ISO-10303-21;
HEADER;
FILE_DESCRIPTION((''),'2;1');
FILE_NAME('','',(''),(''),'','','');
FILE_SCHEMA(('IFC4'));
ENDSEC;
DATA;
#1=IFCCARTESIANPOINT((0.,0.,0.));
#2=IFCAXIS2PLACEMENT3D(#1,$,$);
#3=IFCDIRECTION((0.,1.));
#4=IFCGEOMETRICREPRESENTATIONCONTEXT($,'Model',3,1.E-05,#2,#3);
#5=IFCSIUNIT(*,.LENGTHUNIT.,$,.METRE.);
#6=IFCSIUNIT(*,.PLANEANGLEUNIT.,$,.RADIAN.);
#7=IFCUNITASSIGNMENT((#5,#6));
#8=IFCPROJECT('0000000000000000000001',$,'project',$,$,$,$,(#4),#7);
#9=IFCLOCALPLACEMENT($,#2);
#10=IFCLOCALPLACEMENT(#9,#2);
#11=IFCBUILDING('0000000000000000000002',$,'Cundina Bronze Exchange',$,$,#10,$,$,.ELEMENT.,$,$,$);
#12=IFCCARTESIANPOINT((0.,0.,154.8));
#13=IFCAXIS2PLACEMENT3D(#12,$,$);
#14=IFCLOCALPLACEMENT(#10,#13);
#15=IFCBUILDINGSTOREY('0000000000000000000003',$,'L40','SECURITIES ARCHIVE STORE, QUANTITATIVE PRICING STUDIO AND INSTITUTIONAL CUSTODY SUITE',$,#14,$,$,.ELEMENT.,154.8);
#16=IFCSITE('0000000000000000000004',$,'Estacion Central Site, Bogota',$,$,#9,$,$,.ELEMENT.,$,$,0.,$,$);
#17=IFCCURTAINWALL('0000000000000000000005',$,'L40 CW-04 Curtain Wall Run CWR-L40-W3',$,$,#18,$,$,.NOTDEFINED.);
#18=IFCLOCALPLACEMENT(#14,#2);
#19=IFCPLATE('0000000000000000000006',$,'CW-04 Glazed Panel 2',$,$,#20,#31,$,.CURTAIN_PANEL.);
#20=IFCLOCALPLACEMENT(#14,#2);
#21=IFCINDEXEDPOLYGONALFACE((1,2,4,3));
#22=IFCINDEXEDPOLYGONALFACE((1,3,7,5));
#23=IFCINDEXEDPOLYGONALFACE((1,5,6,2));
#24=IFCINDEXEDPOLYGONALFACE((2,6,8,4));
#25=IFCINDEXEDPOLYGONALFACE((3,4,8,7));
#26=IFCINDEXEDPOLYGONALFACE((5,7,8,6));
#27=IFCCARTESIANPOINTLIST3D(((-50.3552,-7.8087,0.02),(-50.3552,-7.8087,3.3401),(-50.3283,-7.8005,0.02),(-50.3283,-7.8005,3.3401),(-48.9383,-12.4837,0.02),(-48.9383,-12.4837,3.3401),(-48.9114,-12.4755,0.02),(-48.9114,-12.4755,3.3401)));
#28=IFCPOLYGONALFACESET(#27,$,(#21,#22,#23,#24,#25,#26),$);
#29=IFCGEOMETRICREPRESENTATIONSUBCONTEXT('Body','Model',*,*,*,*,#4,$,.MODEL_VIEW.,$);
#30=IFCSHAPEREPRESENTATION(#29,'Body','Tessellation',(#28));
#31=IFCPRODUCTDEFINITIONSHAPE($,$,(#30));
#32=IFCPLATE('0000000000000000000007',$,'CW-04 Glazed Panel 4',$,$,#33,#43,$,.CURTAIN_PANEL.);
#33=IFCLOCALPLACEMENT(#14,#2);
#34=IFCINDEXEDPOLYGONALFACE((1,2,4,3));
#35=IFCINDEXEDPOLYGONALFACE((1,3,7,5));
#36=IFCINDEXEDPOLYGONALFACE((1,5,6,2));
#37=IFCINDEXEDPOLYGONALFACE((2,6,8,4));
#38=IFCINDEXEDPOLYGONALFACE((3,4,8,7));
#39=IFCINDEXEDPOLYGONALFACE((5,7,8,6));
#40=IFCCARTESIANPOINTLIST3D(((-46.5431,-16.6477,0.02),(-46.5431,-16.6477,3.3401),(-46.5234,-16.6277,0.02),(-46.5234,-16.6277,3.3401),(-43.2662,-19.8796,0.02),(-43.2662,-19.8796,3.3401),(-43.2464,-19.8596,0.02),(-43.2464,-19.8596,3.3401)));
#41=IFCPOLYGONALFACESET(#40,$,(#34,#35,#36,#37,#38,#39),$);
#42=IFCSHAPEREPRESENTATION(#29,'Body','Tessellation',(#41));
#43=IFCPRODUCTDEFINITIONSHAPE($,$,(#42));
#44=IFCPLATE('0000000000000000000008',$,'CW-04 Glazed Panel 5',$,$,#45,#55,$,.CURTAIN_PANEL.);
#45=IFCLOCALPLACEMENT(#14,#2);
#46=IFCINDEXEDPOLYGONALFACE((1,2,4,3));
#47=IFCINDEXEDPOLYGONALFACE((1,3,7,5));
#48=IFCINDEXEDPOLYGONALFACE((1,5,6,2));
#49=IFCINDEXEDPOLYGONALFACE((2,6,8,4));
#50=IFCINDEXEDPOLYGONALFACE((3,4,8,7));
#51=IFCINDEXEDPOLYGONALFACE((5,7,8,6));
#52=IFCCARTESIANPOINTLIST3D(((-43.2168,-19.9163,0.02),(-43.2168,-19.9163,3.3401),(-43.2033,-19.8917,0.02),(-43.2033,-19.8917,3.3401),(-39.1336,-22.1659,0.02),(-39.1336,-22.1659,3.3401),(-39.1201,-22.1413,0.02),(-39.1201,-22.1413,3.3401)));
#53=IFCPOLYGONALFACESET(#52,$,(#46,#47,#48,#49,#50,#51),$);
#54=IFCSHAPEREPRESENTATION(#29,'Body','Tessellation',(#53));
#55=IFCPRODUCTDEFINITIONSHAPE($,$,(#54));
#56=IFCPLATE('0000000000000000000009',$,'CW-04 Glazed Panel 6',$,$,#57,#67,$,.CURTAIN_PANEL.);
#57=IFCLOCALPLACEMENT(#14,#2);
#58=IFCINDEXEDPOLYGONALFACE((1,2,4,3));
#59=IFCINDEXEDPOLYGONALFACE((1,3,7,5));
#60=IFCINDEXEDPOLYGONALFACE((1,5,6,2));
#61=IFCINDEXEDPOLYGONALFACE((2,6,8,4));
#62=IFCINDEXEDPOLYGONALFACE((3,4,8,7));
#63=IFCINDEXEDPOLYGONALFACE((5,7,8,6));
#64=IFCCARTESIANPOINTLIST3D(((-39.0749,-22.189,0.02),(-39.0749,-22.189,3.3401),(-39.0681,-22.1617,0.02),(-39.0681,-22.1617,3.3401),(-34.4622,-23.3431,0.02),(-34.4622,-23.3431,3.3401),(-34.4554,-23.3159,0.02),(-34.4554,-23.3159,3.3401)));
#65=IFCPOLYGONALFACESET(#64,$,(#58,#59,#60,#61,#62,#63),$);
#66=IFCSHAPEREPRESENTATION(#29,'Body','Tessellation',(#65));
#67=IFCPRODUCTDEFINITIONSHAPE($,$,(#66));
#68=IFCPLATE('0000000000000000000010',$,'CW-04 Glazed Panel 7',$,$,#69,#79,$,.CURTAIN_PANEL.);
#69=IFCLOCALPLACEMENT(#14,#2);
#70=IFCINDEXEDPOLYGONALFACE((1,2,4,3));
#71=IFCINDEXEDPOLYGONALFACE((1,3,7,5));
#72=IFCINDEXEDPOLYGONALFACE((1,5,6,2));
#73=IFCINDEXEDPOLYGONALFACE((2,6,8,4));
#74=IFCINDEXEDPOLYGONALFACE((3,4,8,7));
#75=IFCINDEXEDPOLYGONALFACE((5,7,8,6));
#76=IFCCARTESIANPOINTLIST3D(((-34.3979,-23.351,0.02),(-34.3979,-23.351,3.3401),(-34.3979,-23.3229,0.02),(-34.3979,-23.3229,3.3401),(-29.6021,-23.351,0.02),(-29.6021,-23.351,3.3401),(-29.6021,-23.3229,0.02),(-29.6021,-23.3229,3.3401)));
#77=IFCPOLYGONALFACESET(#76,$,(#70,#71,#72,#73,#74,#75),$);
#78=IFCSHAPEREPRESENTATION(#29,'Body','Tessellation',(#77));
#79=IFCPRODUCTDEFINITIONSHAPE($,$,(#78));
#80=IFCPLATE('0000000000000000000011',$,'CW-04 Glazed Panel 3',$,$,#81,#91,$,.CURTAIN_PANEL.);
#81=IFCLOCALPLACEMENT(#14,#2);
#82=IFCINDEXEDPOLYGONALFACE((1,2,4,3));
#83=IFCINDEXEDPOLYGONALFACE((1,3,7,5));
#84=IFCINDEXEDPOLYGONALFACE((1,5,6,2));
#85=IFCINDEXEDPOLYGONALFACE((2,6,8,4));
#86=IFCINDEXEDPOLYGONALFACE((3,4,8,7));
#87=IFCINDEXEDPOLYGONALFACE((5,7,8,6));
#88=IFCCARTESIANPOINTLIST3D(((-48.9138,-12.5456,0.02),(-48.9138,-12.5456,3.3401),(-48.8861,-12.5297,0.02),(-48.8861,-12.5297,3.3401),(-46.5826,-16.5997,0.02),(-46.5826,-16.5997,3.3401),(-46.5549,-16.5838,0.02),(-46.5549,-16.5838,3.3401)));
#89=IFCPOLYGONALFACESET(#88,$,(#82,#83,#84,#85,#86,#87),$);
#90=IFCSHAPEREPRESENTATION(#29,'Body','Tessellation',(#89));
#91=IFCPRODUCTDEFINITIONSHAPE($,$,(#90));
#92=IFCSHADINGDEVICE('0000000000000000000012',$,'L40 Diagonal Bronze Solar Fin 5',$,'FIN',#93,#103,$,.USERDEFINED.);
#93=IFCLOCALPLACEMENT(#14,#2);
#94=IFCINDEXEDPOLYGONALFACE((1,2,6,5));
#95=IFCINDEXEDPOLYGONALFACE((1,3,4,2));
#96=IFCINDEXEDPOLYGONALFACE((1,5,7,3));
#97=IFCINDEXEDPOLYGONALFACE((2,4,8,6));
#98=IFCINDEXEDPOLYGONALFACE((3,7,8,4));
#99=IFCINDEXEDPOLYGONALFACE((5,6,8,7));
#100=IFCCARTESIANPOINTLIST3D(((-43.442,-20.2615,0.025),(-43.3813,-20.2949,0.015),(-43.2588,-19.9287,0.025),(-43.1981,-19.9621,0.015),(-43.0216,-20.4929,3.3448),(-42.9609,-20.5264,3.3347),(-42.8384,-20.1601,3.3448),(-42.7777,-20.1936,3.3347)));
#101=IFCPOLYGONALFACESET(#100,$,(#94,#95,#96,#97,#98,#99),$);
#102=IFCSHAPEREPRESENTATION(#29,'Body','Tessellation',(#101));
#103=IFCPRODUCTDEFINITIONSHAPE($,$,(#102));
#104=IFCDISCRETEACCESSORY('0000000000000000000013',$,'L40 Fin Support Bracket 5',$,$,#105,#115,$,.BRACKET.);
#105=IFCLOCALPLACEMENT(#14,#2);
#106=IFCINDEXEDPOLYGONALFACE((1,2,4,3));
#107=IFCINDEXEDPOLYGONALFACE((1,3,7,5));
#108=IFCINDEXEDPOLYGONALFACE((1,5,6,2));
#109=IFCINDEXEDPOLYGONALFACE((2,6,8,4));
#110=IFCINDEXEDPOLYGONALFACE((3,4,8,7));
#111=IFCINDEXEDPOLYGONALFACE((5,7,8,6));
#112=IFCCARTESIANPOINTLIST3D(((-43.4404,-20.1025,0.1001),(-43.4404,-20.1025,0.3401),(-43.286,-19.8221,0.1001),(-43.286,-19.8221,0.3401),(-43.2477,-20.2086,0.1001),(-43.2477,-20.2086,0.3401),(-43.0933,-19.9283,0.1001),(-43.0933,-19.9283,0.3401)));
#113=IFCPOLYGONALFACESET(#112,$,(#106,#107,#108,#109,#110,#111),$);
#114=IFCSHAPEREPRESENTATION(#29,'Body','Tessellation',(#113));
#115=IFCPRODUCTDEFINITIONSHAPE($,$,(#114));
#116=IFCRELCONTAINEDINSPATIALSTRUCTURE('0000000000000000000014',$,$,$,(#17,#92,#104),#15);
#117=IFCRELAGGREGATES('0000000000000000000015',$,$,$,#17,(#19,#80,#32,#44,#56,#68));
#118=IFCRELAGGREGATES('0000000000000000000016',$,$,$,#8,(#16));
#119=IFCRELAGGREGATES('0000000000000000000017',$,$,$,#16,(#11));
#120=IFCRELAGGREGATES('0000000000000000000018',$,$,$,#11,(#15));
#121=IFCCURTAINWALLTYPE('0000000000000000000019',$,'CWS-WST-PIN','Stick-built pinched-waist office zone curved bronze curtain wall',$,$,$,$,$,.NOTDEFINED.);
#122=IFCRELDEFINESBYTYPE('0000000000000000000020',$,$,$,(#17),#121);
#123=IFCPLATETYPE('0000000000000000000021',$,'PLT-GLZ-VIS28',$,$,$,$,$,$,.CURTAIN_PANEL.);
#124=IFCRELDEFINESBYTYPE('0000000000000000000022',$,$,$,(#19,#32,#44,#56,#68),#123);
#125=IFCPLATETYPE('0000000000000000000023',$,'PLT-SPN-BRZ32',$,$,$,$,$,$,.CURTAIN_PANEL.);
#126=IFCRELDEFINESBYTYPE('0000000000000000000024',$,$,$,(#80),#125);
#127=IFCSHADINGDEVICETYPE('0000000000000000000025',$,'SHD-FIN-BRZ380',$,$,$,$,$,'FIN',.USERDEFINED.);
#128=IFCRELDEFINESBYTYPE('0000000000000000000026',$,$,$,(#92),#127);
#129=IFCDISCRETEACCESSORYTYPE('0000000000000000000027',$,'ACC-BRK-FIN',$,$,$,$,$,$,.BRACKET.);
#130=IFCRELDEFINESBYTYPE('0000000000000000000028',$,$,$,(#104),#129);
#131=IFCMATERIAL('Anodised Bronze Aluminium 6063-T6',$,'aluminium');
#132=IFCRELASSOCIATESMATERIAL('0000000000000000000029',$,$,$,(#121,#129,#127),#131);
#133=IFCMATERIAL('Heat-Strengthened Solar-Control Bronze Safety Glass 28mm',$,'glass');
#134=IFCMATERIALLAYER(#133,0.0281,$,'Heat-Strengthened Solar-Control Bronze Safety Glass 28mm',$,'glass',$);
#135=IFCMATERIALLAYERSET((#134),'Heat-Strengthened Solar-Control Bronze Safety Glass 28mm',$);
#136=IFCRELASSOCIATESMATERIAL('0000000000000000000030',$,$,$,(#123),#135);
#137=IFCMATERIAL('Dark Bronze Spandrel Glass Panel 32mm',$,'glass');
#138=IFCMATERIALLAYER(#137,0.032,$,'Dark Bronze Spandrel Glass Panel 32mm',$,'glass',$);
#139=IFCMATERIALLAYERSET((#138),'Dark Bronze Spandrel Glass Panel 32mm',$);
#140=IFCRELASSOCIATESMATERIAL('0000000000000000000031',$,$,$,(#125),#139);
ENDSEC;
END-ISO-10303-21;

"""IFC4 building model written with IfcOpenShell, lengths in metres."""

from ifc_helpers import new_model, si_unit, direction, frame, origin, origin_2d, place, context, subcontext, project, spatial, rectangle, extrude, material, layer, layer_set, material_profile, profile_set, type_object, element, aggregate, save


model = new_model("IFC4")

# Units and contexts
model_context = context("Model", 3, precision=1e-05, world=origin(), true_north=direction((0.0, 1.0)))
body_context = subcontext(model_context, "Body", "Model", "MODEL_VIEW")
ifc_project = project(units=[si_unit("LENGTHUNIT", "METRE"), si_unit("PLANEANGLEUNIT", "RADIAN")], contexts=[model_context])

# Site, building, storey
site_placement = place(None, origin())
site = spatial("IfcSite", under=ifc_project, at=site_placement, Name="Estacion Central Site, Bogota", CompositionType="ELEMENT", RefElevation=0.0)
building_placement = place(site_placement, origin())
building = spatial("IfcBuilding", under=site, at=building_placement, Name="Cundina Bronze Exchange", CompositionType="ELEMENT")
storey_placement = place(building_placement, frame((0.0, 0.0, 154.8)))
storey = spatial("IfcBuildingStorey", under=building, at=storey_placement, Name="L40", Description="SECURITIES ARCHIVE STORE, QUANTITATIVE PRICING STUDIO AND INSTITUTIONAL CUSTODY SUITE", CompositionType="ELEMENT", Elevation=154.8)

# Curtain wall
ifc_material_1 = material(Name="Anodised Bronze Aluminium 6063-T6", Category="aluminium")
curtain_wall_type = type_object("IfcCurtainWallType", Name="CWS-WST-PIN", Description="Stick-built pinched-waist office zone curved bronze curtain wall", PredefinedType="NOTDEFINED", material=ifc_material_1)
curtain_wall_1_placement = place(storey_placement, origin())
curtain_wall_1 = element("IfcCurtainWall", 1, at=curtain_wall_1_placement, inside=storey, type_object=curtain_wall_type, Name="L40 CW-04 Curtain Wall Run CWR-L40-W3", PredefinedType="NOTDEFINED")

# Plates
ifc_material_2 = material(Name="Heat-Strengthened Solar-Control Bronze Safety Glass 28mm", Category="glass")
ifc_layer_1 = layer(ifc_material_2, 0.0281, Name="Heat-Strengthened Solar-Control Bronze Safety Glass 28mm", Category="glass")
ifc_layer_set_1 = layer_set([ifc_layer_1], Name="Heat-Strengthened Solar-Control Bronze Safety Glass 28mm")
plate_type_1 = type_object("IfcPlateType", Name="PLT-GLZ-VIS28", PredefinedType="CURTAIN_PANEL", material=ifc_layer_set_1)
plate_1_placement = place(storey_placement, frame((-49.6333, -10.1421, 0.02), z_axis=(0.0, 0.0, 1.0), x_axis=(0.290051, -0.957011, 0.0)))
plate_1 = element("IfcPlate", 2, at=plate_1_placement, type_object=plate_type_1, Name="CW-04 Glazed Panel 2", PredefinedType="CURTAIN_PANEL", context=body_context, shape_type="SweptSolid", body=[
    extrude(rectangle(XDim=4.885, YDim=0.0281, at=origin_2d()), origin(), (0.0, 0.0, 1.0), 3.3201),
])
plate_2_placement = place(storey_placement, frame((-44.8948, -18.2537, 0.02), z_axis=(0.0, 0.0, 1.0), x_axis=(0.711989, -0.70219, 0.0)))
plate_2 = element("IfcPlate", 3, at=plate_2_placement, type_object=plate_type_1, Name="CW-04 Glazed Panel 4", PredefinedType="CURTAIN_PANEL", context=body_context, shape_type="SweptSolid", body=[
    extrude(rectangle(XDim=4.6025, YDim=0.0281, at=origin_2d()), origin(), (0.0, 0.0, 1.0), 3.3201),
])
plate_3_placement = place(storey_placement, frame((-41.1685, -21.0288, 0.02), z_axis=(0.0, 0.0, 1.0), x_axis=(0.875869, -0.482549, 0.0)))
plate_3 = element("IfcPlate", 4, at=plate_3_placement, type_object=plate_type_1, Name="CW-04 Glazed Panel 5", PredefinedType="CURTAIN_PANEL", context=body_context, shape_type="SweptSolid", body=[
    extrude(rectangle(XDim=4.6619, YDim=0.0281, at=origin_2d()), origin(), (0.0, 0.0, 1.0), 3.3201),
])
plate_4_placement = place(storey_placement, frame((-36.7651, -22.7524, 0.02), z_axis=(0.0, 0.0, 1.0), x_axis=(0.970093, -0.242735, 0.0)))
plate_4 = element("IfcPlate", 5, at=plate_4_placement, type_object=plate_type_1, Name="CW-04 Glazed Panel 6", PredefinedType="CURTAIN_PANEL", context=body_context, shape_type="SweptSolid", body=[
    extrude(rectangle(XDim=4.7549, YDim=0.0281, at=origin_2d()), origin(), (0.0, 0.0, 1.0), 3.3201),
])
plate_5_placement = place(storey_placement, frame((-32.0, -23.3369, 0.02), z_axis=(0.0, 0.0, 1.0), x_axis=(1.0, 0.0, 0.0)))
plate_5 = element("IfcPlate", 6, at=plate_5_placement, type_object=plate_type_1, Name="CW-04 Glazed Panel 7", PredefinedType="CURTAIN_PANEL", context=body_context, shape_type="SweptSolid", body=[
    extrude(rectangle(XDim=4.7959, YDim=0.0281, at=origin_2d()), origin(), (0.0, 0.0, 1.0), 3.3201),
])
ifc_material_3 = material(Name="Dark Bronze Spandrel Glass Panel 32mm", Category="glass")
ifc_layer_2 = layer(ifc_material_3, 0.032, Name="Dark Bronze Spandrel Glass Panel 32mm", Category="glass")
ifc_layer_set_2 = layer_set([ifc_layer_2], Name="Dark Bronze Spandrel Glass Panel 32mm")
plate_type_2 = type_object("IfcPlateType", Name="PLT-SPN-BRZ32", PredefinedType="CURTAIN_PANEL", material=ifc_layer_set_2)
plate_6_placement = place(storey_placement, frame((-47.7344, -14.5647, 0.02), z_axis=(0.0, 0.0, 1.0), x_axis=(0.498488, -0.866897, 0.0)))
plate_6 = element("IfcPlate", 7, at=plate_6_placement, type_object=plate_type_2, Name="CW-04 Glazed Panel 3", PredefinedType="CURTAIN_PANEL", context=body_context, shape_type="SweptSolid", body=[
    extrude(rectangle(XDim=4.6765, YDim=0.032, at=origin_2d()), origin(), (0.0, 0.0, 1.0), 3.3201),
])
aggregate(curtain_wall_1, [plate_1, plate_6, plate_2, plate_3, plate_4, plate_5])

# Shading device
ifc_material_profile_1 = material_profile(ifc_material_1, rectangle(XDim=0.0701, YDim=0.3799, at=origin_2d()), Name="FIN70X380", Category="aluminium")
ifc_profile_set_1 = profile_set([ifc_material_profile_1], Name="Anodised Bronze Aluminium 6063-T6")
shading_device_type = type_object("IfcShadingDeviceType", Name="SHD-FIN-BRZ380", ElementType="FIN", PredefinedType="USERDEFINED", material=ifc_profile_set_1)
shading_device_placement = place(storey_placement, frame((-43.3201, -20.1118, 0.02), z_axis=(0.125333, -0.068999, 0.989712), x_axis=(-0.86701, 0.477309, 0.143071)))
element("IfcShadingDevice", 8, at=shading_device_placement, inside=storey, type_object=shading_device_type, Name="L40 Diagonal Bronze Solar Fin 5", ObjectType="FIN", PredefinedType="USERDEFINED", context=body_context, shape_type="SweptSolid", body=[
    extrude(rectangle(XDim=0.0701, YDim=0.3799, at=origin_2d()), origin(), (0.0, 0.0, 1.0), 3.3542),
])

# Discrete accessory
discrete_accessory_type = type_object("IfcDiscreteAccessoryType", Name="ACC-BRK-FIN", PredefinedType="BRACKET", material=ifc_material_1)
discrete_accessory_placement = place(storey_placement, frame((-43.2668, -20.0154, 0.1001), z_axis=(0.0, 0.0, 1.0), x_axis=(0.875869, -0.482549, 0.0)))
element("IfcDiscreteAccessory", 9, at=discrete_accessory_placement, inside=storey, type_object=discrete_accessory_type, Name="L40 Fin Support Bracket 5", PredefinedType="BRACKET", context=body_context, shape_type="SweptSolid", body=[
    extrude(rectangle(XDim=0.22, YDim=0.3201, at=origin_2d()), origin(), (0.0, 0.0, 1.0), 0.24),
])

save(model, "model.ifc")
